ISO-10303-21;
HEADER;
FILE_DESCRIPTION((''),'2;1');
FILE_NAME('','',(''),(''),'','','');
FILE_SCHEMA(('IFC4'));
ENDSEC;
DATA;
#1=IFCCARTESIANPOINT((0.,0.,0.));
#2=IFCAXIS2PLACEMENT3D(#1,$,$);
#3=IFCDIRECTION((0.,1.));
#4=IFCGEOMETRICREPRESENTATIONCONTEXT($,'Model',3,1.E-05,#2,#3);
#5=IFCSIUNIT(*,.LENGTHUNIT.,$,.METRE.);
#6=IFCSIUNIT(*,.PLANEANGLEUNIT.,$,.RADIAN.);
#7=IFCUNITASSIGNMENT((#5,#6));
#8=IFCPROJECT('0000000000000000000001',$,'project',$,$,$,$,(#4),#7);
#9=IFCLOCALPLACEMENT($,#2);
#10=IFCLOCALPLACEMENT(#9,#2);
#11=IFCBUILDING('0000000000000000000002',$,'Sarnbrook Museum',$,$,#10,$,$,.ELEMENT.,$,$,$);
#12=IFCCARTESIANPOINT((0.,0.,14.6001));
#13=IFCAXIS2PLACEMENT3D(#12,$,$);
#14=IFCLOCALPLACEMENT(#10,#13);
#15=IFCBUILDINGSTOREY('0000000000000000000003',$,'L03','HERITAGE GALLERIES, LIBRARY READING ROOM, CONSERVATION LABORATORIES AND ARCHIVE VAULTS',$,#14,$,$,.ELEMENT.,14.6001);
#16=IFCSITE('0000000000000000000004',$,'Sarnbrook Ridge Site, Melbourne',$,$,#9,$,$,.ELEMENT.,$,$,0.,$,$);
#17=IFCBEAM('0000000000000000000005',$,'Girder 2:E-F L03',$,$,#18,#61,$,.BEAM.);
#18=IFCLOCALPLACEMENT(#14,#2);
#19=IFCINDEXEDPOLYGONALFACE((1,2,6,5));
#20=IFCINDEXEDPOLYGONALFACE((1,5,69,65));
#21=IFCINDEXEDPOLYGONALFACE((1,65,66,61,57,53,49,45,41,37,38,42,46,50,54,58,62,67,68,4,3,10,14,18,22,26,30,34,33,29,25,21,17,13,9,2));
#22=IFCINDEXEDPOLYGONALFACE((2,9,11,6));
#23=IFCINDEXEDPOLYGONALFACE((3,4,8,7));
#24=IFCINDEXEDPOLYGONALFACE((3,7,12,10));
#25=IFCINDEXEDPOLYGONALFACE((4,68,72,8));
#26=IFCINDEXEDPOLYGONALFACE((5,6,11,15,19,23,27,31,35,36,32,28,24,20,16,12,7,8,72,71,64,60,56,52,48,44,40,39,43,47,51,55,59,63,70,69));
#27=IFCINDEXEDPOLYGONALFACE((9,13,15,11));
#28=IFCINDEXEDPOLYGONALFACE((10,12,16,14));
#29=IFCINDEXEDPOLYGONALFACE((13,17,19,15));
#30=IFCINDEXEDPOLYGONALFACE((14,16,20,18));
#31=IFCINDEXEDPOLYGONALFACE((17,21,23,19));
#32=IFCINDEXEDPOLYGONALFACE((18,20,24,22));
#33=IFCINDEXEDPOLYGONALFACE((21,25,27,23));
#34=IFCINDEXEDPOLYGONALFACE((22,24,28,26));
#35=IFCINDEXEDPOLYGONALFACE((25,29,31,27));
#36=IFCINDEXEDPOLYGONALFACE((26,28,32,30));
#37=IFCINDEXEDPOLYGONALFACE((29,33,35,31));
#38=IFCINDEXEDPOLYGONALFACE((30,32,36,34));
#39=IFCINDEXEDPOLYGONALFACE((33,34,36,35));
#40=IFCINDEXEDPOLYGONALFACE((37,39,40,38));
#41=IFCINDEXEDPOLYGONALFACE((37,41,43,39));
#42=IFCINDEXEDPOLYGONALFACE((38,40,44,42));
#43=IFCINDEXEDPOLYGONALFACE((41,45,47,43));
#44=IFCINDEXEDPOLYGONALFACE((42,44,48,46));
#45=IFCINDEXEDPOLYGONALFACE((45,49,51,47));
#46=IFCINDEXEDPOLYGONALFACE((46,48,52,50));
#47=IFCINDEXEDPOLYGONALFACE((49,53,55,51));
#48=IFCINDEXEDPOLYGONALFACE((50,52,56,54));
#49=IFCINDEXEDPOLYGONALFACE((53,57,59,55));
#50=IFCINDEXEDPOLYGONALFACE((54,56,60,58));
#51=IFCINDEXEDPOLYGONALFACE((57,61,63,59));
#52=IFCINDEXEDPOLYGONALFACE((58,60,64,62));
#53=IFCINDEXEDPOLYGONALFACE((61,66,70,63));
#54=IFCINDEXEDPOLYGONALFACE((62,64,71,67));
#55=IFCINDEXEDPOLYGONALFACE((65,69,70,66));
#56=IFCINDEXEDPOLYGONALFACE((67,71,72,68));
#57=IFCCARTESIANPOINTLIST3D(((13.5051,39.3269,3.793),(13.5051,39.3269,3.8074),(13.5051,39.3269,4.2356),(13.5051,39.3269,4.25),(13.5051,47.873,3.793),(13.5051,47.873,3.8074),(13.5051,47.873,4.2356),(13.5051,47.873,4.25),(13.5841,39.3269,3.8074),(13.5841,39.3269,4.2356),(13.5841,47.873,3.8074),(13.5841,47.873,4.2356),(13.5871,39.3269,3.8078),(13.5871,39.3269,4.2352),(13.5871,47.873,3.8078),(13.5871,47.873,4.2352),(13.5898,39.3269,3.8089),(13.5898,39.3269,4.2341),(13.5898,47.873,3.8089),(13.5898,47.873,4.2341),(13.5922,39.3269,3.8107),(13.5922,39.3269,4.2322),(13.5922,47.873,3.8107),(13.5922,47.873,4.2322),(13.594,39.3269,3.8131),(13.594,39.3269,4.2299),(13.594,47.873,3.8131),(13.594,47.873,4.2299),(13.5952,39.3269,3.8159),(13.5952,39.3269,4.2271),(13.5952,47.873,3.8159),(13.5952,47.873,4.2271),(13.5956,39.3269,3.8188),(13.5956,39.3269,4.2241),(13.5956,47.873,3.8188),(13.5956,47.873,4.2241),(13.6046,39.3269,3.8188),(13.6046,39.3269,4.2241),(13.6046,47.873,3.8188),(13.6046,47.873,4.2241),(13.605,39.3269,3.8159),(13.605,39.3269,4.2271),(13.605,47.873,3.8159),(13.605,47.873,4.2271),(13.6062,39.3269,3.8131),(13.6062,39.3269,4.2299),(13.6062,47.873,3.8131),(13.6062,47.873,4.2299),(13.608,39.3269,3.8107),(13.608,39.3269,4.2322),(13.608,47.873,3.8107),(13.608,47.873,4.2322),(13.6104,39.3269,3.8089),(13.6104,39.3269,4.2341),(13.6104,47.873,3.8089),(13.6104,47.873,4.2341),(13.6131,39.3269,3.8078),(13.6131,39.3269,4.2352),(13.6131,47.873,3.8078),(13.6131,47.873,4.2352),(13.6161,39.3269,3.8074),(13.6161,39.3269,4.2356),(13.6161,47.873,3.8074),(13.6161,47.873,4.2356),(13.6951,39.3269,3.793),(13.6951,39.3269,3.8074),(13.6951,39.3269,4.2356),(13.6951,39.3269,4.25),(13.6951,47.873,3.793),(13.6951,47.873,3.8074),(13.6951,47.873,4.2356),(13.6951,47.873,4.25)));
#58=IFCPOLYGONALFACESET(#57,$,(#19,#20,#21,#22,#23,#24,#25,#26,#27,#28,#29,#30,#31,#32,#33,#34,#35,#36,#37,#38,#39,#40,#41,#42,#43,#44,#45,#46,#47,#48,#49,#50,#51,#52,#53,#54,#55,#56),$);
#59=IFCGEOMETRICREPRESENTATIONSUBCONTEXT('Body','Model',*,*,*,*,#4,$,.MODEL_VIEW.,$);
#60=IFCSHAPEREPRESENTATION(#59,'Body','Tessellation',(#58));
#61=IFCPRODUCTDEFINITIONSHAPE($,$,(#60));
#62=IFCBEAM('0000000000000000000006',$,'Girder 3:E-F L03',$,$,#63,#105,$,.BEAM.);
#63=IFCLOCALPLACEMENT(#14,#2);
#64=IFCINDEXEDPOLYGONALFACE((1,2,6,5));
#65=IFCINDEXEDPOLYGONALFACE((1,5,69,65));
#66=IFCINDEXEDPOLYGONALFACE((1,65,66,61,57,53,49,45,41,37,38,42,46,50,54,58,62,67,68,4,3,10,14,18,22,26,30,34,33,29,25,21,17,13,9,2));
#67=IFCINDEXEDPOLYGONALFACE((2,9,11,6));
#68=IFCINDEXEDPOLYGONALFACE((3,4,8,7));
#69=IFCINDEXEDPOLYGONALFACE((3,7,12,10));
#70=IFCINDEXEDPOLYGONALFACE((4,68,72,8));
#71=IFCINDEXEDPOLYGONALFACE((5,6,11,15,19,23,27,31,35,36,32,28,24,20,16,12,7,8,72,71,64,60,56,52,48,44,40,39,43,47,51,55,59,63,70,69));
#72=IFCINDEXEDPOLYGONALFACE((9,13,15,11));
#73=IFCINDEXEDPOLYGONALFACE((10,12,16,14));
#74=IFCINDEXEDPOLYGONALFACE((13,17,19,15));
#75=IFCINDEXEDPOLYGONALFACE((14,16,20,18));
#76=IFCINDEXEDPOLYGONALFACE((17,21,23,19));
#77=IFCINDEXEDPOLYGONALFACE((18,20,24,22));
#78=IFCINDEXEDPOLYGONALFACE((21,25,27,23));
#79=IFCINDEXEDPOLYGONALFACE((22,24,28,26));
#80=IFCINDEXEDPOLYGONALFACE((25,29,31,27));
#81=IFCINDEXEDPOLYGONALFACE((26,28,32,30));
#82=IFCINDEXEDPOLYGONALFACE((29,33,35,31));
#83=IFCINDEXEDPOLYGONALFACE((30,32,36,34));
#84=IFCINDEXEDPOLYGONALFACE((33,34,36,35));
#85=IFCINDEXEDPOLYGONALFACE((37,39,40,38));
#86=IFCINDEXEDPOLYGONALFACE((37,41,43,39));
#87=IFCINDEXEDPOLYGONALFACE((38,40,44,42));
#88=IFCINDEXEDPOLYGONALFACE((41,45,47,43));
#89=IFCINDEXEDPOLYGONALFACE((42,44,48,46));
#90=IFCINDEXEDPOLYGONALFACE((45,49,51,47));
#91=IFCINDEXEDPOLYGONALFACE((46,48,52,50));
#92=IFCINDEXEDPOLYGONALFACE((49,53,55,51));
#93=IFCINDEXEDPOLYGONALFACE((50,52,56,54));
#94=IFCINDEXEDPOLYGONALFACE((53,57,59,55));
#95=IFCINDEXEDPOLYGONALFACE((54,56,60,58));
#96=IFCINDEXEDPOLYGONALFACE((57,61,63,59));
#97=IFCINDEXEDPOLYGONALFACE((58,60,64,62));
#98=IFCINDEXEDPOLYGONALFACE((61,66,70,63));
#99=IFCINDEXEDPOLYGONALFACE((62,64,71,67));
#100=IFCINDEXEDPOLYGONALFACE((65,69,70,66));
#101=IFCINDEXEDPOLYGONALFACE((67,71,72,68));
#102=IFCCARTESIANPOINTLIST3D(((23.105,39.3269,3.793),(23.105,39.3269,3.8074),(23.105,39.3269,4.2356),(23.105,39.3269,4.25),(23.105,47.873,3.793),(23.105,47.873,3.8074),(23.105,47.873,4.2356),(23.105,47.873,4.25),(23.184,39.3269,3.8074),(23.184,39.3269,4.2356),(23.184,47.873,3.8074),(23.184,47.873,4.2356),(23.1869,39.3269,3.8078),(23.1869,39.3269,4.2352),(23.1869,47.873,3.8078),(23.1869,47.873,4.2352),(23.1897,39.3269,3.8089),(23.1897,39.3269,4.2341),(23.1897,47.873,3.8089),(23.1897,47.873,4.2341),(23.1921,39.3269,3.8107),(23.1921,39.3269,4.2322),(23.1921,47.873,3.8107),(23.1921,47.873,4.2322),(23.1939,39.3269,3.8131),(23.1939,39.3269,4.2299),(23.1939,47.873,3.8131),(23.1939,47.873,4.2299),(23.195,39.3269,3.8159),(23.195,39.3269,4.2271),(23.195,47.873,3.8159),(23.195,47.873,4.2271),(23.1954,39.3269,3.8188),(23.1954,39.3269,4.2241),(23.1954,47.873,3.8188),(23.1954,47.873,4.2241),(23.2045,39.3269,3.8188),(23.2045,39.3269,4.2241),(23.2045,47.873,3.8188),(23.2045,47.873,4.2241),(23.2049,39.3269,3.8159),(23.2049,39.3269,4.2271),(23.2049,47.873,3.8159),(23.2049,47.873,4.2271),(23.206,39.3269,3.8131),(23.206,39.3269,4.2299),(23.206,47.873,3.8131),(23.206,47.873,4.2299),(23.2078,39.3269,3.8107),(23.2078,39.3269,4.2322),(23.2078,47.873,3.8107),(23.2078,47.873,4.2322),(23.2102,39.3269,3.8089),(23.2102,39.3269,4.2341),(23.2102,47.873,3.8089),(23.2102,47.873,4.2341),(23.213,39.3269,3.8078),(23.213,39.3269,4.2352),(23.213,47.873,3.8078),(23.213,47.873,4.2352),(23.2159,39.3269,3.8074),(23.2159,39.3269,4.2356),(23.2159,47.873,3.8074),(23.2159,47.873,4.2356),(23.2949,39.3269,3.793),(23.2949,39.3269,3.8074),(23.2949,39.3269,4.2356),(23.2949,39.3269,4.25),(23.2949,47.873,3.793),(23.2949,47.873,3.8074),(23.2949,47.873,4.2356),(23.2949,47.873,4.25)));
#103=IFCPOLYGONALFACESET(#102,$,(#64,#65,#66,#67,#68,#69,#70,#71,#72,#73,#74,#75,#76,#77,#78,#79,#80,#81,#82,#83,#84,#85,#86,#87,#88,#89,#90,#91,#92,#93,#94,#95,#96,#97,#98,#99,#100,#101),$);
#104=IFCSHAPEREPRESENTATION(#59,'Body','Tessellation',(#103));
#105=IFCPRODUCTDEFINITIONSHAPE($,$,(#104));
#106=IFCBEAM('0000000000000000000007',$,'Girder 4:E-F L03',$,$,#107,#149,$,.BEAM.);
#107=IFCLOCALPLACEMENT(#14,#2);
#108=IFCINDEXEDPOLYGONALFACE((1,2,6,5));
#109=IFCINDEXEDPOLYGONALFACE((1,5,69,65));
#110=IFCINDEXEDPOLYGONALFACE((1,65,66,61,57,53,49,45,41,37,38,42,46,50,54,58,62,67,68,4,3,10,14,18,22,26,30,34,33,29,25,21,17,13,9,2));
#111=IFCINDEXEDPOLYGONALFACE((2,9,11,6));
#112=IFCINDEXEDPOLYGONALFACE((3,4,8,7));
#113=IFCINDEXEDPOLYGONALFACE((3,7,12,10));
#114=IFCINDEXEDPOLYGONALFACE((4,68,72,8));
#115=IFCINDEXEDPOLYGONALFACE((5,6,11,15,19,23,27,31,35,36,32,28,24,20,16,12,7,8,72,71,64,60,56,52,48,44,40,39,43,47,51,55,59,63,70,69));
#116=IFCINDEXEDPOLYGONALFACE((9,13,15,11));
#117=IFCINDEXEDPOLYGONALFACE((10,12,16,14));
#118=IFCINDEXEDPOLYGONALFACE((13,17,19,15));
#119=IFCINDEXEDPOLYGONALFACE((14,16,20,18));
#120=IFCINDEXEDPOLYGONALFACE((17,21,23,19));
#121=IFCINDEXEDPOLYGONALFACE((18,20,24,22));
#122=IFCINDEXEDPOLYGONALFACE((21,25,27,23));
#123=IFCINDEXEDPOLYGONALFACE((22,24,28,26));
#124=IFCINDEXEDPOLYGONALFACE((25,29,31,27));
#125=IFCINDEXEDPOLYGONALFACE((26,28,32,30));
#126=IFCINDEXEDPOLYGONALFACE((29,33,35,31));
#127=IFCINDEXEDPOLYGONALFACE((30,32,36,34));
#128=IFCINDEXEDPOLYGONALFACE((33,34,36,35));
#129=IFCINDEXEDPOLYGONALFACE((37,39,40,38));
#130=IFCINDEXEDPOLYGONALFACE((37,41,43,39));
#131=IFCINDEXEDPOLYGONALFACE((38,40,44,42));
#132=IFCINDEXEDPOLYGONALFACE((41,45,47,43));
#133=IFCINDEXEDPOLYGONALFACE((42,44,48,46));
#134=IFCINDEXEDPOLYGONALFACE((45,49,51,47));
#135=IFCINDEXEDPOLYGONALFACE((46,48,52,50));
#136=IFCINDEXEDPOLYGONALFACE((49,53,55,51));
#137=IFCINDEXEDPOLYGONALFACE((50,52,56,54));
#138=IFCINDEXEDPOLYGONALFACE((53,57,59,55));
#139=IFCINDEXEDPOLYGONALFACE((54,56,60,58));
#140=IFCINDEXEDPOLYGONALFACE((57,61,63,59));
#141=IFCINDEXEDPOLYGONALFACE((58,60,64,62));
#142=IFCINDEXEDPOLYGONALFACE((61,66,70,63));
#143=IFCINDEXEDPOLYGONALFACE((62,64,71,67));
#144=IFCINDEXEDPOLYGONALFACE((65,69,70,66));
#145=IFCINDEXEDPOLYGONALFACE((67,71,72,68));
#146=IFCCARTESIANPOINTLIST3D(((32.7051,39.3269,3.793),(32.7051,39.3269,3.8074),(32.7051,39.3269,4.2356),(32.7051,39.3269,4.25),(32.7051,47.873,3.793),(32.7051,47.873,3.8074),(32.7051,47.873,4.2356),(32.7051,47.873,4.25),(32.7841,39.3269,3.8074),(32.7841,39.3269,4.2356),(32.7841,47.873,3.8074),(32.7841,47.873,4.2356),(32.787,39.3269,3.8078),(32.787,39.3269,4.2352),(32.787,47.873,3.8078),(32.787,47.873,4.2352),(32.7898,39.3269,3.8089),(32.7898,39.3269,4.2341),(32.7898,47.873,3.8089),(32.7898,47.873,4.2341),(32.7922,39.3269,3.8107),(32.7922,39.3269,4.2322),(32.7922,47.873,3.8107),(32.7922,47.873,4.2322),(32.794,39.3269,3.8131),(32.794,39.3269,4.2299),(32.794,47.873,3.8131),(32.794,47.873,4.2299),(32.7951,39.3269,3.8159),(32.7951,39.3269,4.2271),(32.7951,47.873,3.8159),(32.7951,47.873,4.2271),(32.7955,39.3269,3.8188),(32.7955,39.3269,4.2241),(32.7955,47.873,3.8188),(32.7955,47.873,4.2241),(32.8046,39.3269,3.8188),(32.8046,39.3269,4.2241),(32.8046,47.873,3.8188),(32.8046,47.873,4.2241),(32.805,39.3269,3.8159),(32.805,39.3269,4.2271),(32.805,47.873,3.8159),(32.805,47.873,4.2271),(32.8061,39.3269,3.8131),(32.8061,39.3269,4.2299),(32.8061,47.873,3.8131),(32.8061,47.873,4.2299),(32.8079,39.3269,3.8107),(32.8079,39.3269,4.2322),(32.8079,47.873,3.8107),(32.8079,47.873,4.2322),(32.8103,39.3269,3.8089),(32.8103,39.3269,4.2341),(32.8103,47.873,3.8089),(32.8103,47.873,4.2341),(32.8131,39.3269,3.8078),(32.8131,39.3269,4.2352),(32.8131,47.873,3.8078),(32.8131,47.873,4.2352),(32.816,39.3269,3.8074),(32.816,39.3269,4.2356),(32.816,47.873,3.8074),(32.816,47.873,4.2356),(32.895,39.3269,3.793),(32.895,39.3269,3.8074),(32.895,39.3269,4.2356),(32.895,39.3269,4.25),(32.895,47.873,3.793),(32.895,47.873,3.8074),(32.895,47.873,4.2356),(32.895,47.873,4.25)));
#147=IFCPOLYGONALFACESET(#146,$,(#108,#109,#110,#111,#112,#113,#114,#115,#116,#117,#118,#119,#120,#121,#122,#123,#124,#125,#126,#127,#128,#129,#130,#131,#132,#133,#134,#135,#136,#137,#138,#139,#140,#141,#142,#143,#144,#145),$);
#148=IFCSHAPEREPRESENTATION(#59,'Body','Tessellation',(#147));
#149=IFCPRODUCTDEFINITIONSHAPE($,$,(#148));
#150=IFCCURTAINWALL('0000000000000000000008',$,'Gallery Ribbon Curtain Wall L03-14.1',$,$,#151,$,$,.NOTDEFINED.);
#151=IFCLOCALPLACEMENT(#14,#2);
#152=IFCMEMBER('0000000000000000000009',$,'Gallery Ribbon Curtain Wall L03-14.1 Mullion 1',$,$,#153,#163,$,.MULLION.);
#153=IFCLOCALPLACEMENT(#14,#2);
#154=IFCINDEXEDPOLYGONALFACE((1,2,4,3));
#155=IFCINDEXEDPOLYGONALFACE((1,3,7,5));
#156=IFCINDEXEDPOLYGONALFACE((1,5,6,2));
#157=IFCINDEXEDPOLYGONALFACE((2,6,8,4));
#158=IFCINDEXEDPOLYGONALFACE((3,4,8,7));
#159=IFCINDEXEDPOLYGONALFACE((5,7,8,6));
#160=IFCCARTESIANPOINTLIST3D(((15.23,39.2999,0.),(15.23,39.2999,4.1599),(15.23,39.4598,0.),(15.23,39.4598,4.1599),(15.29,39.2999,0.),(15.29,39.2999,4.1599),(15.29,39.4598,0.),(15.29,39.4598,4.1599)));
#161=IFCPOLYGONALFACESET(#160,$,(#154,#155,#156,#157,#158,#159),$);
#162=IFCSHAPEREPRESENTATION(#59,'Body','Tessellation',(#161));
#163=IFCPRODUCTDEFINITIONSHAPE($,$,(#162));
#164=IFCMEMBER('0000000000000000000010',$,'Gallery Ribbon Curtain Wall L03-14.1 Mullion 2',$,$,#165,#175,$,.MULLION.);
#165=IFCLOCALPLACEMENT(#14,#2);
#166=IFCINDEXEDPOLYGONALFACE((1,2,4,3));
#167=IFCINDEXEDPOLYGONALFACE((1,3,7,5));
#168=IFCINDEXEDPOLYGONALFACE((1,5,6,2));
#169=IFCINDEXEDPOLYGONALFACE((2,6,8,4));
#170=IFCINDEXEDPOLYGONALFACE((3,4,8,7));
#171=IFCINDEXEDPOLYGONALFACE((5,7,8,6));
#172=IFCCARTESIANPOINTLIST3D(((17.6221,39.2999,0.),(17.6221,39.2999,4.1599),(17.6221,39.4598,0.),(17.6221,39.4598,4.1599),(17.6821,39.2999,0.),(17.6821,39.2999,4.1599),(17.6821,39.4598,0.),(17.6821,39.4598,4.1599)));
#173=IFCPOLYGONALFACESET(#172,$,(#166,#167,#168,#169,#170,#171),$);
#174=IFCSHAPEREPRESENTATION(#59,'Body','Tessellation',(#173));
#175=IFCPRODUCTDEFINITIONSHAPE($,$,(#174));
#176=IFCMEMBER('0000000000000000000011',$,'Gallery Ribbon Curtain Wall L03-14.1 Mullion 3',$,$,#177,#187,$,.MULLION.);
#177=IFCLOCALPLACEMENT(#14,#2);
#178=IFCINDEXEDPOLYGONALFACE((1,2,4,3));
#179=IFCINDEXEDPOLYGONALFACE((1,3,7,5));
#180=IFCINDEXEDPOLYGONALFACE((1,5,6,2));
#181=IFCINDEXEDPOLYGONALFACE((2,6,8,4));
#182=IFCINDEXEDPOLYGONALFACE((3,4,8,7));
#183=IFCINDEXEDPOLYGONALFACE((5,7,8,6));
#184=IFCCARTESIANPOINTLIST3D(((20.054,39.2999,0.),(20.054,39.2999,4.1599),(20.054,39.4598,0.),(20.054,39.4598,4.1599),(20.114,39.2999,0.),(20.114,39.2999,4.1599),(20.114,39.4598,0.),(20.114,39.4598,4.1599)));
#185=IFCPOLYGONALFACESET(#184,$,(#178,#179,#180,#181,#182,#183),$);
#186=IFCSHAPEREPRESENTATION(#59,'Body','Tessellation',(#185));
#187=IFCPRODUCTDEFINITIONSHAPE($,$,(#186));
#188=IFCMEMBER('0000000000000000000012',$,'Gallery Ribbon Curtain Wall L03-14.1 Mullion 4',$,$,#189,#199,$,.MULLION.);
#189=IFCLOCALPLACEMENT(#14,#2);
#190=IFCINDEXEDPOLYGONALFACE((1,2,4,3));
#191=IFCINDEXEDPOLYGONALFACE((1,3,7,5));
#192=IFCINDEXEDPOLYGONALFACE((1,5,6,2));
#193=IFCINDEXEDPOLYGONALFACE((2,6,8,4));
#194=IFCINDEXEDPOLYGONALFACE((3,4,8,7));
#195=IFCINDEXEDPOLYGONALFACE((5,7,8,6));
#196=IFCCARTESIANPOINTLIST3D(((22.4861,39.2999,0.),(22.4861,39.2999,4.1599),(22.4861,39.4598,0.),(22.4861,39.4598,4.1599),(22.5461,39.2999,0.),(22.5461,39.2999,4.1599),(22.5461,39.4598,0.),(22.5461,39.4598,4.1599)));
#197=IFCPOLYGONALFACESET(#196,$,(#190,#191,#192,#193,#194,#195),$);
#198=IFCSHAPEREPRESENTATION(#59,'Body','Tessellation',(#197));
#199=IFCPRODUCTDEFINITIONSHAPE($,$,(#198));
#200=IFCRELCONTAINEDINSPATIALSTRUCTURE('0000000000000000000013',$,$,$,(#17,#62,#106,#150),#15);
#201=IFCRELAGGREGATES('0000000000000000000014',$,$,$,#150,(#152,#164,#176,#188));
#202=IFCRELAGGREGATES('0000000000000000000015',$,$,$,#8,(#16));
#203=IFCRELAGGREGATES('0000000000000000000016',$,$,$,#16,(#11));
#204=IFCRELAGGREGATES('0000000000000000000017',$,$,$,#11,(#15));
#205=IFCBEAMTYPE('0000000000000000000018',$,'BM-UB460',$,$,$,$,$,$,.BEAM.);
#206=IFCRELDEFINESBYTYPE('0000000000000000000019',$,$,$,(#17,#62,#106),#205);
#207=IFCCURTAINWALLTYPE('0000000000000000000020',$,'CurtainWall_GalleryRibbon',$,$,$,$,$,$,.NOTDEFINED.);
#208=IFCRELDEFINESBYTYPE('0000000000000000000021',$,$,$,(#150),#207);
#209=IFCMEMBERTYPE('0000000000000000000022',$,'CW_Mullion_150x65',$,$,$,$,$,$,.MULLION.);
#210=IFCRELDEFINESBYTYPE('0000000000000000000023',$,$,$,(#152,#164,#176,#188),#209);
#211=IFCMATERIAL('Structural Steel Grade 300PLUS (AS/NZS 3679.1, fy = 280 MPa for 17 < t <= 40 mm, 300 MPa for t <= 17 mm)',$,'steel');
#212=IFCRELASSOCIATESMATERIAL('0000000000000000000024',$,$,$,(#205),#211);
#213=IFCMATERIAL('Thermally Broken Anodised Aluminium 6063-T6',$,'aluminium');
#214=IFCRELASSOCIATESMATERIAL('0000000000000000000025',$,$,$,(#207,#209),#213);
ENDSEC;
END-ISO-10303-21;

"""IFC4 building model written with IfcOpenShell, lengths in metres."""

from ifc_helpers import new_model, si_unit, direction, frame, origin, origin_2d, place, context, subcontext, project, spatial, rectangle, i_section, extrude, material, material_profile, profile_set, type_object, element, aggregate, save


model = new_model("IFC4")

# Units and contexts
model_context = context("Model", 3, precision=1e-05, world=origin(), true_north=direction((0.0, 1.0)))
body_context = subcontext(model_context, "Body", "Model", "MODEL_VIEW")
ifc_project = project(units=[si_unit("LENGTHUNIT", "METRE"), si_unit("PLANEANGLEUNIT", "RADIAN")], contexts=[model_context])

# Site, building, storey
site_placement = place(None, origin())
site = spatial("IfcSite", under=ifc_project, at=site_placement, Name="Sarnbrook Ridge Site, Melbourne", CompositionType="ELEMENT", RefElevation=0.0)
building_placement = place(site_placement, origin())
building = spatial("IfcBuilding", under=site, at=building_placement, Name="Sarnbrook Museum", CompositionType="ELEMENT")
storey_placement = place(building_placement, frame((0.0, 0.0, 14.6001)))
storey = spatial("IfcBuildingStorey", under=building, at=storey_placement, Name="L03", Description="HERITAGE GALLERIES, LIBRARY READING ROOM, CONSERVATION LABORATORIES AND ARCHIVE VAULTS", CompositionType="ELEMENT", Elevation=14.6001)

# Beams
ifc_material_1 = material(Name="Structural Steel Grade 300PLUS (AS/NZS 3679.1, fy = 280 MPa for 17 < t <= 40 mm, 300 MPa for t <= 17 mm)", Category="steel")
ifc_material_profile_1 = material_profile(ifc_material_1, i_section(OverallWidth=0.1899, OverallDepth=0.457, WebThickness=0.009, FlangeThickness=0.0144, FilletRadius=0.0115, at=origin_2d()), Name="460UB74.6")
ifc_profile_set_1 = profile_set([ifc_material_profile_1], Name="Structural Steel Grade 300PLUS (AS/NZS 3679.1, fy = 280 MPa for 17 < t <= 40 mm, 300 MPa for t <= 17 mm)")
beam_type_1 = type_object("IfcBeamType", Name="BM-UB460", PredefinedType="BEAM", material=ifc_profile_set_1)
for number, where, z_axis, x_axis, name in (
    (1, (13.6001, 39.3269, 4.0215), (0.0, 1.0, 0.0), (-1.0, 0.0, 0.0), "Girder 2:E-F L03"),
    (2, (23.2, 39.3269, 4.0215), (0.0, 1.0, 0.0), (-1.0, 0.0, 0.0), "Girder 3:E-F L03"),
    (3, (32.8, 39.3269, 4.0215), (0.0, 1.0, 0.0), (-1.0, 0.0, 0.0), "Girder 4:E-F L03"),
):
    element("IfcBeam", number, at=place(storey_placement, frame(where, z_axis=z_axis, x_axis=x_axis)), inside=storey, type_object=beam_type_1, Name=name, PredefinedType="BEAM", context=body_context, shape_type="SweptSolid", body=[
        extrude(i_section(OverallWidth=0.1899, OverallDepth=0.457, WebThickness=0.009, FlangeThickness=0.0144, FilletRadius=0.0115, at=origin_2d()), origin(), (0.0, 0.0, 1.0), 8.5461),
    ])

# Curtain wall, members
ifc_material_2 = material(Name="Thermally Broken Anodised Aluminium 6063-T6", Category="aluminium")
curtain_wall_type = type_object("IfcCurtainWallType", Name="CurtainWall_GalleryRibbon", PredefinedType="NOTDEFINED", material=ifc_material_2)
curtain_wall_1_placement = place(storey_placement, origin())
curtain_wall_1 = element("IfcCurtainWall", 4, at=curtain_wall_1_placement, inside=storey, type_object=curtain_wall_type, Name="Gallery Ribbon Curtain Wall L03-14.1", PredefinedType="NOTDEFINED")
ifc_material_profile_2 = material_profile(ifc_material_2, rectangle(XDim=0.0601, YDim=0.1599, at=origin_2d()), Name="ALU MULLION 60x160")
ifc_profile_set_2 = profile_set([ifc_material_profile_2], Name="Thermally Broken Anodised Aluminium 6063-T6")
member_type_1 = type_object("IfcMemberType", Name="CW_Mullion_150x65", PredefinedType="MULLION", material=ifc_profile_set_2)
member_1_placement = place(storey_placement, frame((15.26, 39.3799, 0.0), z_axis=(0.0, 0.0, 1.0), x_axis=(1.0, 0.0, 0.0)))
member_1 = element("IfcMember", 5, at=member_1_placement, type_object=member_type_1, Name="Gallery Ribbon Curtain Wall L03-14.1 Mullion 1", PredefinedType="MULLION", context=body_context, shape_type="SweptSolid", body=[
    extrude(rectangle(XDim=0.0601, YDim=0.1599, at=origin_2d()), origin(), (0.0, 0.0, 1.0), 4.1599),
])
member_2_placement = place(storey_placement, frame((17.6521, 39.3799, 0.0), z_axis=(0.0, 0.0, 1.0), x_axis=(1.0, 0.0, 0.0)))
member_2 = element("IfcMember", 6, at=member_2_placement, type_object=member_type_1, Name="Gallery Ribbon Curtain Wall L03-14.1 Mullion 2", PredefinedType="MULLION", context=body_context, shape_type="SweptSolid", body=[
    extrude(rectangle(XDim=0.0601, YDim=0.1599, at=origin_2d()), origin(), (0.0, 0.0, 1.0), 4.1599),
])
member_3_placement = place(storey_placement, frame((20.084, 39.3799, 0.0), z_axis=(0.0, 0.0, 1.0), x_axis=(1.0, 0.0, 0.0)))
member_3 = element("IfcMember", 7, at=member_3_placement, type_object=member_type_1, Name="Gallery Ribbon Curtain Wall L03-14.1 Mullion 3", PredefinedType="MULLION", context=body_context, shape_type="SweptSolid", body=[
    extrude(rectangle(XDim=0.0601, YDim=0.1599, at=origin_2d()), origin(), (0.0, 0.0, 1.0), 4.1599),
])
member_4_placement = place(storey_placement, frame((22.5161, 39.3799, 0.0), z_axis=(0.0, 0.0, 1.0), x_axis=(1.0, 0.0, 0.0)))
member_4 = element("IfcMember", 8, at=member_4_placement, type_object=member_type_1, Name="Gallery Ribbon Curtain Wall L03-14.1 Mullion 4", PredefinedType="MULLION", context=body_context, shape_type="SweptSolid", body=[
    extrude(rectangle(XDim=0.0601, YDim=0.1599, at=origin_2d()), origin(), (0.0, 0.0, 1.0), 4.1599),
])

aggregate(curtain_wall_1, [member_1, member_2, member_3, member_4])

save(model, "model.ifc")
